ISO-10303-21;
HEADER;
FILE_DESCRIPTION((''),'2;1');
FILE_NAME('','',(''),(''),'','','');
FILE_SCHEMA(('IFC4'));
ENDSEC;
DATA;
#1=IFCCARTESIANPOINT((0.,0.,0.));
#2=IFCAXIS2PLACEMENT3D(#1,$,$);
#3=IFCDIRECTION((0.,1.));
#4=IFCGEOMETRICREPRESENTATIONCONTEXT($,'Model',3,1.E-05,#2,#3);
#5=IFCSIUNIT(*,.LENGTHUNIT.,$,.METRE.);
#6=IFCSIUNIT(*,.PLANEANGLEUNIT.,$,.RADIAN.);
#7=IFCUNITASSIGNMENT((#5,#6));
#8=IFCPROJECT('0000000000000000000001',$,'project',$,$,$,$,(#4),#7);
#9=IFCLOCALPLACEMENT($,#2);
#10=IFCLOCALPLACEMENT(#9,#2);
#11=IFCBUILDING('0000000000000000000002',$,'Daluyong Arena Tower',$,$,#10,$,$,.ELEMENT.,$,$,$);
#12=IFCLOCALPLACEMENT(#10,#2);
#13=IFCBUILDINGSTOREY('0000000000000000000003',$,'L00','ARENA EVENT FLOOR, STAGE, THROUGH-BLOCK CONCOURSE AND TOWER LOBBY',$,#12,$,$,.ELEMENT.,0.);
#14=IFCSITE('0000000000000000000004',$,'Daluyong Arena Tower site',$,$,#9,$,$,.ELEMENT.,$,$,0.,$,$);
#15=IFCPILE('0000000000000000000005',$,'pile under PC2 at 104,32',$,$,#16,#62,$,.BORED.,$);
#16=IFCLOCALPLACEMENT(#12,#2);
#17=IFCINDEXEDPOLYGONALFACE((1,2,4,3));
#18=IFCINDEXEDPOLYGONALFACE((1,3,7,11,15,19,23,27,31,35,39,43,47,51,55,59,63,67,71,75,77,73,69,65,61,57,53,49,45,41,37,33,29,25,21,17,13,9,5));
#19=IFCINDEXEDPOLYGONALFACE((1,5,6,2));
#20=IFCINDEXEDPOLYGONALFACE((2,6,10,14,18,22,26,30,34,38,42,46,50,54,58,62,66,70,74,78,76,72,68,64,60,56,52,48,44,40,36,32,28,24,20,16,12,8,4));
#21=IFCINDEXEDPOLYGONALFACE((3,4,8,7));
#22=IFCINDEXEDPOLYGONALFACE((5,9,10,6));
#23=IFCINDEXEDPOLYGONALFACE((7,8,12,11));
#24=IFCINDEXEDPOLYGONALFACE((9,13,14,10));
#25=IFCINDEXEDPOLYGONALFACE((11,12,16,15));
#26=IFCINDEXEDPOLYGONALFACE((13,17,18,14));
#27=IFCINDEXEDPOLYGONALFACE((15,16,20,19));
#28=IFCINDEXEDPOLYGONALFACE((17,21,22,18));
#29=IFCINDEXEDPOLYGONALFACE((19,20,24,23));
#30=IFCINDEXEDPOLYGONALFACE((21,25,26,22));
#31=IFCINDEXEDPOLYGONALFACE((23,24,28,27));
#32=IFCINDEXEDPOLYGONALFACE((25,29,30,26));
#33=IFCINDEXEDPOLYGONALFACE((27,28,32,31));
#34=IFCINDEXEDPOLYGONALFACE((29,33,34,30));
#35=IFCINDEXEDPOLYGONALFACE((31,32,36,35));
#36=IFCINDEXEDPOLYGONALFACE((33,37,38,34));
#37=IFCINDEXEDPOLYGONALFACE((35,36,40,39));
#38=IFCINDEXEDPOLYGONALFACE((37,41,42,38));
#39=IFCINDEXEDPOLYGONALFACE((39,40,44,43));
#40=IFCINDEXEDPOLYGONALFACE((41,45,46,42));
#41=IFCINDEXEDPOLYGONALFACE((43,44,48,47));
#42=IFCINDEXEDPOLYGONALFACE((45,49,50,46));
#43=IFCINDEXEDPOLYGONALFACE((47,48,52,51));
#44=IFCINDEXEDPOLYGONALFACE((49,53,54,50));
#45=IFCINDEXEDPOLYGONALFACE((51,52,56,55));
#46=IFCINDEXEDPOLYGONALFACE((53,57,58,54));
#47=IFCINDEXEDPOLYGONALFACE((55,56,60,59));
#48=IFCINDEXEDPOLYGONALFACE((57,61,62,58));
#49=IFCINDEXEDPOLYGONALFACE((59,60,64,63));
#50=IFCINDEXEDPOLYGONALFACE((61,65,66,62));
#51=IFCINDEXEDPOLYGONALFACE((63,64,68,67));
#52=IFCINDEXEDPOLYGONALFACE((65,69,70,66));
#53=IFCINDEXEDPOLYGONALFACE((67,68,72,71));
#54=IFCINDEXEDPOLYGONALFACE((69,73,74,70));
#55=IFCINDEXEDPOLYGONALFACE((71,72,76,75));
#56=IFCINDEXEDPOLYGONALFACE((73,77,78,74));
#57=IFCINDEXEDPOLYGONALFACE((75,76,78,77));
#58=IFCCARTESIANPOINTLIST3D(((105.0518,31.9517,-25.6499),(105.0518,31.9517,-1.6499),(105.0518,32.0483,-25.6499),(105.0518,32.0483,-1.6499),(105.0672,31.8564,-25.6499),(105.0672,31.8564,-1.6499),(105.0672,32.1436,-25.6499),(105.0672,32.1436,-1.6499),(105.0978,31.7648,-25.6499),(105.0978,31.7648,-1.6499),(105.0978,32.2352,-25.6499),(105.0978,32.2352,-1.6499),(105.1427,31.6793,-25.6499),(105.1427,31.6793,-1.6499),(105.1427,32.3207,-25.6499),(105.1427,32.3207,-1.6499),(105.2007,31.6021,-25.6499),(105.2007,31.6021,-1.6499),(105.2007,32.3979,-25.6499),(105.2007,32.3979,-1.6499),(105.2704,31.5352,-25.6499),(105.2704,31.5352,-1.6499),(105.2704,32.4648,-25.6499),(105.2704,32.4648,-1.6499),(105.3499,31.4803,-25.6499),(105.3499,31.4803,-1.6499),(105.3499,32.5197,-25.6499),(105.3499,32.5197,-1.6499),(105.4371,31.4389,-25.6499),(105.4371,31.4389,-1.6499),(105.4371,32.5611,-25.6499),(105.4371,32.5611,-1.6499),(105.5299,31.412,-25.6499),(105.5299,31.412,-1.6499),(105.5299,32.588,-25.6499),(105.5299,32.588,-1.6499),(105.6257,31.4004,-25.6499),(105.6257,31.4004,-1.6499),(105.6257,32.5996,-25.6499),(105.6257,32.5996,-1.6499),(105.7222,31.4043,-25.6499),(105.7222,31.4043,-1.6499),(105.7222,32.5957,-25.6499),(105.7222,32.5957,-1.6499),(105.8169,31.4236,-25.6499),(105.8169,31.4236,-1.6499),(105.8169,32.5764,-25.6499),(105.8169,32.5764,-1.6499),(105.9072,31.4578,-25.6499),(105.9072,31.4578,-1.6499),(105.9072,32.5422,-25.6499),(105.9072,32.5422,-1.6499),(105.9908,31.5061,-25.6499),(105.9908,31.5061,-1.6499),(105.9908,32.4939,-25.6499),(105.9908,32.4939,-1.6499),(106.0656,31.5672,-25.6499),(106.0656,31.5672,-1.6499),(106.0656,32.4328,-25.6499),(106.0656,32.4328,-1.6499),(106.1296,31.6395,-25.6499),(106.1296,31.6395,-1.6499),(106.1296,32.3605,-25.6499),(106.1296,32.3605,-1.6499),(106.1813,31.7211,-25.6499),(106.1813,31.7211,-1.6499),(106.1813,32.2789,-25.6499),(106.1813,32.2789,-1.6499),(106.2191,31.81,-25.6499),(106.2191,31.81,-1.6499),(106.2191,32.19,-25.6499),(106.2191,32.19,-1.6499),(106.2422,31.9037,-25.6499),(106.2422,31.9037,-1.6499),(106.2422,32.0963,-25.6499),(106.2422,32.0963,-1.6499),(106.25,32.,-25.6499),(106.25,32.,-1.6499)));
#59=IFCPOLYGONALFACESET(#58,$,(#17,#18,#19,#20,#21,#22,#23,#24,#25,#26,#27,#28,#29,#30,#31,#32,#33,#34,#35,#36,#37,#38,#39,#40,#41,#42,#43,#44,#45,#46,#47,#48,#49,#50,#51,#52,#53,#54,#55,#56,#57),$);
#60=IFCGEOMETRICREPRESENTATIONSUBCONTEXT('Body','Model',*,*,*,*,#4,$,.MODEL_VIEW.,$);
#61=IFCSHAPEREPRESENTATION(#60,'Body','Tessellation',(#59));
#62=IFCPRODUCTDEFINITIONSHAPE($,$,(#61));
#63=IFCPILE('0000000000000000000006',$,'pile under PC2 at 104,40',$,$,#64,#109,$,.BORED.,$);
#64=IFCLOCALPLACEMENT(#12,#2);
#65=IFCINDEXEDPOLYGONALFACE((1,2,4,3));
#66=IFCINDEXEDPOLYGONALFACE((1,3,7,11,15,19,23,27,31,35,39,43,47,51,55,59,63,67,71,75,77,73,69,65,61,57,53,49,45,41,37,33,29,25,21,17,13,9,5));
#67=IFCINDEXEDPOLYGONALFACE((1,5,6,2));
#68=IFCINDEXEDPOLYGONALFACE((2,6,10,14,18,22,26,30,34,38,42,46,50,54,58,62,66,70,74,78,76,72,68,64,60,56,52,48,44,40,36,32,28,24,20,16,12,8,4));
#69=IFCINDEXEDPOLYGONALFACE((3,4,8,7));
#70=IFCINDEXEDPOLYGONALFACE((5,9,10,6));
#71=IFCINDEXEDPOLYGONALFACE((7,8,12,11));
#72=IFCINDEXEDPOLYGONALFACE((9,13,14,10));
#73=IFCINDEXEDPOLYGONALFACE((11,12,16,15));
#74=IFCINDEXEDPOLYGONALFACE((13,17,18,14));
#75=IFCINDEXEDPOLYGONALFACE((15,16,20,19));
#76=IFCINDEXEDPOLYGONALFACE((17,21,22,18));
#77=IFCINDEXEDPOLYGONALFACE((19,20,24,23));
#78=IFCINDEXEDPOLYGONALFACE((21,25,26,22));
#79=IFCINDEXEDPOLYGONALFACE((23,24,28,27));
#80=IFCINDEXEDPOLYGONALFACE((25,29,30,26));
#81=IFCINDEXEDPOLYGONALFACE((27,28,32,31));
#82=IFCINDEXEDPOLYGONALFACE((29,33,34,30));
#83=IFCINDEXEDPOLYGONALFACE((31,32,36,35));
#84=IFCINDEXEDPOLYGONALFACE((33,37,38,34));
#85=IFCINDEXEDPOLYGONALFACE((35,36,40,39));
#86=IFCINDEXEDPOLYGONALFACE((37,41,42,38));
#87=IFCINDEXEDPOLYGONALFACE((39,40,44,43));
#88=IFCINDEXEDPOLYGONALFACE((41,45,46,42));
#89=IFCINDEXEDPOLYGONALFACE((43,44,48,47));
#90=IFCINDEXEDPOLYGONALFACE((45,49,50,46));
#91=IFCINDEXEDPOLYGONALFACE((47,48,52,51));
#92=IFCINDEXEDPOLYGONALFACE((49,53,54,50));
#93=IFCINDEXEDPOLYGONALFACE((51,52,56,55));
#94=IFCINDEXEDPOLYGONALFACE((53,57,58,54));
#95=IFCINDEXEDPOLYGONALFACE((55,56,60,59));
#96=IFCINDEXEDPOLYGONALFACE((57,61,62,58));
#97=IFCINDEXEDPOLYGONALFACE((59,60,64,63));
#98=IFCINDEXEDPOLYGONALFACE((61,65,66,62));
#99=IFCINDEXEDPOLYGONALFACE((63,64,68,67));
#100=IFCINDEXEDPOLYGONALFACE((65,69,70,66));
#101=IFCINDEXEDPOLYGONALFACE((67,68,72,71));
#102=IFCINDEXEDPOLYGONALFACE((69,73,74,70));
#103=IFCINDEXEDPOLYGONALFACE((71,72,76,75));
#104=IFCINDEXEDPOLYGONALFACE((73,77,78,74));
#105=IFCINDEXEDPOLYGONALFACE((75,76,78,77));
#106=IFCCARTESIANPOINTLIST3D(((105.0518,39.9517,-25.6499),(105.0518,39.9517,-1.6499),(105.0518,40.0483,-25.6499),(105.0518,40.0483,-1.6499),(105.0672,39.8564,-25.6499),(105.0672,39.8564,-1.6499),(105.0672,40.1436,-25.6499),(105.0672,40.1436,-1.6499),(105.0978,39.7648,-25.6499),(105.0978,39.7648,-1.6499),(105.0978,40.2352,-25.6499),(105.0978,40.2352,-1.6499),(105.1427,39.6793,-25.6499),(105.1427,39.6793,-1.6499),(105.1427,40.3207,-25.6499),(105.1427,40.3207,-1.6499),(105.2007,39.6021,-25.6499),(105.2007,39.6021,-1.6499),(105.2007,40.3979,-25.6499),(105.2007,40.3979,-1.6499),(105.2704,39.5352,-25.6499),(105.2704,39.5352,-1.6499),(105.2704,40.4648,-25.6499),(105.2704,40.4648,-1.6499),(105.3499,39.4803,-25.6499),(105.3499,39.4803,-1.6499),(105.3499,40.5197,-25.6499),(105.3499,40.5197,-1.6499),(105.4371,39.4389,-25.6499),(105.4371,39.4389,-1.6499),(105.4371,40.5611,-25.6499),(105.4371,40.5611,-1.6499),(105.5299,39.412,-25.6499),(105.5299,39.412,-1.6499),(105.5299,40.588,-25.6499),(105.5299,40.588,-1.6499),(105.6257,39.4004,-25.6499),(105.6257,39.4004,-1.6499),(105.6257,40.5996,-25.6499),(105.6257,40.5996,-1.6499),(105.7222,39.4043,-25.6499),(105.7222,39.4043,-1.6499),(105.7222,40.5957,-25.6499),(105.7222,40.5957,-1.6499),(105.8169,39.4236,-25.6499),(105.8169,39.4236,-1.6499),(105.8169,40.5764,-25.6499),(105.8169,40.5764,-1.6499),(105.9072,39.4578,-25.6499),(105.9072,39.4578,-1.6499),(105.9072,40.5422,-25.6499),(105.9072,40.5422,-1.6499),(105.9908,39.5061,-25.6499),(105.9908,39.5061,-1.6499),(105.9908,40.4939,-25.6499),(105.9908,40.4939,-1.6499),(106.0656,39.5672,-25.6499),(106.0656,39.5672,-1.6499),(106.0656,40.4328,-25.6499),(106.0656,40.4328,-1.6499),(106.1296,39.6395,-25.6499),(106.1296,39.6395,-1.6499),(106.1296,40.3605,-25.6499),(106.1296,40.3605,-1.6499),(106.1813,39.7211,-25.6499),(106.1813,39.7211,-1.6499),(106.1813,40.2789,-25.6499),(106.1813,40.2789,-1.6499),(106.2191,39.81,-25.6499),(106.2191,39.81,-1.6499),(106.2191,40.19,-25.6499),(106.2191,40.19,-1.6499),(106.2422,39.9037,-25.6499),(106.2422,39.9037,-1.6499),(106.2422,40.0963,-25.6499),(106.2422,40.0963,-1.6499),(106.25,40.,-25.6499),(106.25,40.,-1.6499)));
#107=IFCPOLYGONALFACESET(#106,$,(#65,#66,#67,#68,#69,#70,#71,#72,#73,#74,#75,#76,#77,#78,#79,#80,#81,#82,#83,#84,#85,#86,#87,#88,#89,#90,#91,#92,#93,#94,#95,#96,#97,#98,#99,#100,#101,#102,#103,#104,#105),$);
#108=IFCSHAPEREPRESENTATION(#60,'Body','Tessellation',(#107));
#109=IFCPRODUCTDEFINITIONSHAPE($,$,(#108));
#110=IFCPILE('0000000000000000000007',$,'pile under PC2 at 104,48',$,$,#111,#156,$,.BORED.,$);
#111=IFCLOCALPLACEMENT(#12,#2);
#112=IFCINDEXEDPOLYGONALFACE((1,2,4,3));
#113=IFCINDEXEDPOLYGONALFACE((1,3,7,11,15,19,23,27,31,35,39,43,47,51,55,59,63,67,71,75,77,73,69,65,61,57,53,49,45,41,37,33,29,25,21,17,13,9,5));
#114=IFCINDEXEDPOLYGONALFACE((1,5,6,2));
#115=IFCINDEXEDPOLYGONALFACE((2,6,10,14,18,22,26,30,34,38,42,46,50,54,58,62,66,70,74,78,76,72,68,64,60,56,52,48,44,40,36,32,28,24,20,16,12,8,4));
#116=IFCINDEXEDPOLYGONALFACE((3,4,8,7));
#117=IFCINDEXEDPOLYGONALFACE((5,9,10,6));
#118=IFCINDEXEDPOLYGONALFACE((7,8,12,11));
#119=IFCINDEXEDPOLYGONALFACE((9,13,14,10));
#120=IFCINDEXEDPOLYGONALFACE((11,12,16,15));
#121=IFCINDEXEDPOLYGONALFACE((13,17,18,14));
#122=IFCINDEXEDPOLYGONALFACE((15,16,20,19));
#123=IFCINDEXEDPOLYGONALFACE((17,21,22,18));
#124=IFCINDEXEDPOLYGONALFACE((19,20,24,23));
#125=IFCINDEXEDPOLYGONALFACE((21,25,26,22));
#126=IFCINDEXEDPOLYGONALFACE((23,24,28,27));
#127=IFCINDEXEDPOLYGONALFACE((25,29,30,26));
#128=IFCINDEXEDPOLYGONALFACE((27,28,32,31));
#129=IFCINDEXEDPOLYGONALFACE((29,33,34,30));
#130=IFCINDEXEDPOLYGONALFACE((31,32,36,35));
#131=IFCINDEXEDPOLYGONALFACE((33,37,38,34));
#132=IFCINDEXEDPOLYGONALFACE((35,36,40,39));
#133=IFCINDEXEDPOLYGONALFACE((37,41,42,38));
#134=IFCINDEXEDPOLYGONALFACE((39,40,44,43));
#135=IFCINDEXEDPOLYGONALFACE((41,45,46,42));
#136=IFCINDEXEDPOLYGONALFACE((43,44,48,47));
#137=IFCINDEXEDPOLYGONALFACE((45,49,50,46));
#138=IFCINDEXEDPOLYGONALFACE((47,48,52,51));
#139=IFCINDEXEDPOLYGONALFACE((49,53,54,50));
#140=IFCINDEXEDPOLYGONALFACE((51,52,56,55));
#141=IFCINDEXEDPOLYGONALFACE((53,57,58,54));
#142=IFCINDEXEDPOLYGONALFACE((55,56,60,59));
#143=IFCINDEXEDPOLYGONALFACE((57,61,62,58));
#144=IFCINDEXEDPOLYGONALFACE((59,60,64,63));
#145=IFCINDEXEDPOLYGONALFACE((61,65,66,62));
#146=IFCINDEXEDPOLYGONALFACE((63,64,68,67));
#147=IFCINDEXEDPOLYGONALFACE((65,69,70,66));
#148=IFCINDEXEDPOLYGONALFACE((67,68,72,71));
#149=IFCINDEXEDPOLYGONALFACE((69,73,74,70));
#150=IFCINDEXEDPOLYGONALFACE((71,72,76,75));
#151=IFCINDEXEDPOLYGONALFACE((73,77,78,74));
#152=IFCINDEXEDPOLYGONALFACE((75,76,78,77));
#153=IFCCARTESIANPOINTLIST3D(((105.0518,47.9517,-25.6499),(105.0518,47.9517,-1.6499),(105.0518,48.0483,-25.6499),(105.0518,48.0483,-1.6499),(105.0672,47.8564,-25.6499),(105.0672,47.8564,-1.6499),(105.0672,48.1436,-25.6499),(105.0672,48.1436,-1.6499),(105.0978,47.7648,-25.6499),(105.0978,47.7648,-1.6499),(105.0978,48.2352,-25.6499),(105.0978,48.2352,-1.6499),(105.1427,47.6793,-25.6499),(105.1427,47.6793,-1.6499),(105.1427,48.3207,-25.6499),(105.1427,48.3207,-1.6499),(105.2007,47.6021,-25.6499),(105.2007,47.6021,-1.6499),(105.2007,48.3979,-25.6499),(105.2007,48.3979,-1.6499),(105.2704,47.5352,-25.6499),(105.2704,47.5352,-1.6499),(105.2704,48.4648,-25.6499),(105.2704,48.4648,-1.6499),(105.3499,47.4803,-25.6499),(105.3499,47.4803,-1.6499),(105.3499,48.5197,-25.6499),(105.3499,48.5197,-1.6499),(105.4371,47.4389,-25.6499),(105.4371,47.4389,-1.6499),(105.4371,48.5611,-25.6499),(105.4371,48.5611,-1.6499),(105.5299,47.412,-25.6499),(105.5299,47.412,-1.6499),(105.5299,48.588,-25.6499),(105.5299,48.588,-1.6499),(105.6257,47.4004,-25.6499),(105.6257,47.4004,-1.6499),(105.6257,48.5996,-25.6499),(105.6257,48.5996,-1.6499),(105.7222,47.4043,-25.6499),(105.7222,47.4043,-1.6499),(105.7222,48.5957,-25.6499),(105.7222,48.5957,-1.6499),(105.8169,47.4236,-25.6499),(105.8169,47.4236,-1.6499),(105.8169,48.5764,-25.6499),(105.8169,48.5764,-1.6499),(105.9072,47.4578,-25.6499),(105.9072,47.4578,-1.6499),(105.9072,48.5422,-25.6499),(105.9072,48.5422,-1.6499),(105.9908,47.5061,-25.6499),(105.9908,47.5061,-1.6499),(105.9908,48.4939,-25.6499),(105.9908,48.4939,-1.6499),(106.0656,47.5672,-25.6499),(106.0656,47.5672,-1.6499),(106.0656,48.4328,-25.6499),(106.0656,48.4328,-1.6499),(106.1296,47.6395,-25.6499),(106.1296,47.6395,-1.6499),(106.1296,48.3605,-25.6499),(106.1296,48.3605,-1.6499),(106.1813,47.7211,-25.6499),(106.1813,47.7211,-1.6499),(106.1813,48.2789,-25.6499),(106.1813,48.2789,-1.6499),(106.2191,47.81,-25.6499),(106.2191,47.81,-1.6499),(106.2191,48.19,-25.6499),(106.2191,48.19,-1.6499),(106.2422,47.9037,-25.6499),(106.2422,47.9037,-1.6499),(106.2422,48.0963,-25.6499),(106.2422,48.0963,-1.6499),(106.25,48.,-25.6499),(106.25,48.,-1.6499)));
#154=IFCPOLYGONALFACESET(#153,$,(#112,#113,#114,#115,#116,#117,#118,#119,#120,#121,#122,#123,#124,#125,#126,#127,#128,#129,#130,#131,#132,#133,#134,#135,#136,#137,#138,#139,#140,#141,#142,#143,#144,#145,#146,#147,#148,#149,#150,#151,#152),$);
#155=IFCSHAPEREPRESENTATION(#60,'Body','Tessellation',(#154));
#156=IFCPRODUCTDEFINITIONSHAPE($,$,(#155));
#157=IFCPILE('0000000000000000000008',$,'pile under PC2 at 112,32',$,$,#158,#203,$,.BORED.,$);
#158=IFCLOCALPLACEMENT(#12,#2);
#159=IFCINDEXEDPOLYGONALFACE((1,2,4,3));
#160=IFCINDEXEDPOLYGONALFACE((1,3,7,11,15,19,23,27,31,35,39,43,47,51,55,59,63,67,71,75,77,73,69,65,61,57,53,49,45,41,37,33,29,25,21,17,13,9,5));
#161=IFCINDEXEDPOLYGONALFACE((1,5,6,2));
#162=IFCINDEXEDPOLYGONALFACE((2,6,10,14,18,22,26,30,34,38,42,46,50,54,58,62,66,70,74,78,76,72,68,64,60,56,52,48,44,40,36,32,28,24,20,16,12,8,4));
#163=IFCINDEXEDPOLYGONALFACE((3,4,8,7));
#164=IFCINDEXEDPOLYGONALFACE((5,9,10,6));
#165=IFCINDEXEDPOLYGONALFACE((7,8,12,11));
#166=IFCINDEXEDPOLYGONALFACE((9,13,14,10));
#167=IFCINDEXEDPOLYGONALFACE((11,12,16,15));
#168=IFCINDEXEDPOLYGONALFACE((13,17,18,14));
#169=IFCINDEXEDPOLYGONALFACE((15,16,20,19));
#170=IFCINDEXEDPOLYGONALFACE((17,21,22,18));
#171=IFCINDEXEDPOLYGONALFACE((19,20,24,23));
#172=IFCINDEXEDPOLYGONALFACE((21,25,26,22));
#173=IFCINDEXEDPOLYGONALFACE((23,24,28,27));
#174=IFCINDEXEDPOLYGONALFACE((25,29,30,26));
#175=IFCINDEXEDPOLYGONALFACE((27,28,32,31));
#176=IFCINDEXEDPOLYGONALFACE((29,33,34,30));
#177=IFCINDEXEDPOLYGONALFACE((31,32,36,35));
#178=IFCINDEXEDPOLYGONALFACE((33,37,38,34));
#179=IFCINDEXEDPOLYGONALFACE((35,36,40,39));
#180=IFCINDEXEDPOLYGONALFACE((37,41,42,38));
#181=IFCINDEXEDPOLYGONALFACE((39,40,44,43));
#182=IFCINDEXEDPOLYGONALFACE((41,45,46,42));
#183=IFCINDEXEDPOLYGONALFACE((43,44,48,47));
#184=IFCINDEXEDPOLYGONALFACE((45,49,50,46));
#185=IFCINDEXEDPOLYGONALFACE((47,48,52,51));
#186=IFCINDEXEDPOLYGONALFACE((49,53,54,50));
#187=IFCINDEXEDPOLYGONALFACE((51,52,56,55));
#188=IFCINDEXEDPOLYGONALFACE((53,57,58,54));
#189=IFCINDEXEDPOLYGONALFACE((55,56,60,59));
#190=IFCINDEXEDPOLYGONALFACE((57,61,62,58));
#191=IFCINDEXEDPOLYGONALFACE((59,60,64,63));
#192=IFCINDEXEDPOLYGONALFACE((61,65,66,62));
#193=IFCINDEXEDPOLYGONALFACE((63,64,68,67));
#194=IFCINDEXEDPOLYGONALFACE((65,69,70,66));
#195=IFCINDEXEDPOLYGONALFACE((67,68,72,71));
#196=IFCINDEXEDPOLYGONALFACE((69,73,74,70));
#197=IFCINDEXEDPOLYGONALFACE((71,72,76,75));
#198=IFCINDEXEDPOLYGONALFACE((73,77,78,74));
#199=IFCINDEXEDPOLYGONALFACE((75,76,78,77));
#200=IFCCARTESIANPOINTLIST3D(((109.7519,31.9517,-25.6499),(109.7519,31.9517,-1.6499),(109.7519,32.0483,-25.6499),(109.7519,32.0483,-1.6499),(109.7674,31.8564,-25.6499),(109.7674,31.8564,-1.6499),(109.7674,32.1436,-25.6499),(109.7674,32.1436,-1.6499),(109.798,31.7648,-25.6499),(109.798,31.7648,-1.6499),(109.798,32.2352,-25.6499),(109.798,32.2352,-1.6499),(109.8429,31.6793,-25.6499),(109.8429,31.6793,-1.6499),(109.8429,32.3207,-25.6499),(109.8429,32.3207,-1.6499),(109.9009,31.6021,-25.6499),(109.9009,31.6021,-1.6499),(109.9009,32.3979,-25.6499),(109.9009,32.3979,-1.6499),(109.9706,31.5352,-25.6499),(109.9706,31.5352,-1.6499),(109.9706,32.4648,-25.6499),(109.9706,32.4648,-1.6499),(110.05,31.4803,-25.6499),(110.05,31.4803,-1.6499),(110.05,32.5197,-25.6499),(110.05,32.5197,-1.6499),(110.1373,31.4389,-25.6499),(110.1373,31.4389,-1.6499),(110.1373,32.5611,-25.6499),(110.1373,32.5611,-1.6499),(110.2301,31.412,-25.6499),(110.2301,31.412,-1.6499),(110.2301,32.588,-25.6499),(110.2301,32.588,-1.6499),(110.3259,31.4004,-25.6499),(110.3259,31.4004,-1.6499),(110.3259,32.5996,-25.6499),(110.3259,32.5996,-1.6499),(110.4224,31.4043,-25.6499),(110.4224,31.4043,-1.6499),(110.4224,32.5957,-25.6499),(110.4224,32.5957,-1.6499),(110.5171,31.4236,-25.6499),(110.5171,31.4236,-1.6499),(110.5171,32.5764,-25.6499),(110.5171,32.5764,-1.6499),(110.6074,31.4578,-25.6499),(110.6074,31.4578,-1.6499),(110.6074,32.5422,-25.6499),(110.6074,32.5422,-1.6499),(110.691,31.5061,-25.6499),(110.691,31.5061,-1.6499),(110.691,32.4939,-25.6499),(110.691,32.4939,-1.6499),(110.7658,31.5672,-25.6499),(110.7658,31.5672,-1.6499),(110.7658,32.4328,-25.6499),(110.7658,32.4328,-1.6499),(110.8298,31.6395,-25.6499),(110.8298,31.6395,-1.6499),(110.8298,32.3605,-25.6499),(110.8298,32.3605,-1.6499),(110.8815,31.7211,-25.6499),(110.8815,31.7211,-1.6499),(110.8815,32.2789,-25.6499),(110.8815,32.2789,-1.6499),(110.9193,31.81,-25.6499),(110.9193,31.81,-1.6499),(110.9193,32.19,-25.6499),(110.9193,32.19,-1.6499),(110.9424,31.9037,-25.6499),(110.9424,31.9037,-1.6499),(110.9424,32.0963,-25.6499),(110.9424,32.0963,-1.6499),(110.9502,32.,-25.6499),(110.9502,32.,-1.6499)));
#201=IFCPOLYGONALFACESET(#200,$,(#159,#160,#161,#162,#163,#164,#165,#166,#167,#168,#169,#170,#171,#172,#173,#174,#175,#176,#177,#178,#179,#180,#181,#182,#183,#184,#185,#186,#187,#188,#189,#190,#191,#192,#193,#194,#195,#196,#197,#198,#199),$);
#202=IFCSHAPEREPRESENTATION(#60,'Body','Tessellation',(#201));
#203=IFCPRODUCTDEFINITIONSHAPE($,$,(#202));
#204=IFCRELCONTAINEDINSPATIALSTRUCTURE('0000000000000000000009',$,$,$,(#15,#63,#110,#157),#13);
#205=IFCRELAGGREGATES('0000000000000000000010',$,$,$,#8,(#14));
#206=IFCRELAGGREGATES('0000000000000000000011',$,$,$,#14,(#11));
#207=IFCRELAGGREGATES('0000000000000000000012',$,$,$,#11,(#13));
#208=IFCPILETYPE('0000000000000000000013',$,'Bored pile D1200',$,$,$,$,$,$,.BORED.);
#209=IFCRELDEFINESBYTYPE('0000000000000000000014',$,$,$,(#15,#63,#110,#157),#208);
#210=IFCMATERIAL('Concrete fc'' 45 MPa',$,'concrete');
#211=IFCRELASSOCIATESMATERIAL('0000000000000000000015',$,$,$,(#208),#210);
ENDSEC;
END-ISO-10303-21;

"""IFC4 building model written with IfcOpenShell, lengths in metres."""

from ifc_helpers import new_model, si_unit, direction, frame, origin, origin_2d, place, context, subcontext, project, spatial, circle, extrude, material, type_object, element, save


model = new_model("IFC4")

# Units and contexts
model_context = context("Model", 3, precision=1e-05, world=origin(), true_north=direction((0.0, 1.0)))
body_context = subcontext(model_context, "Body", "Model", "MODEL_VIEW")
ifc_project = project(units=[si_unit("LENGTHUNIT", "METRE"), si_unit("PLANEANGLEUNIT", "RADIAN")], contexts=[model_context])

# Site, building, storey
site_placement = place(None, origin())
site = spatial("IfcSite", under=ifc_project, at=site_placement, Name="Daluyong Arena Tower site", CompositionType="ELEMENT", RefElevation=0.0)
building_placement = place(site_placement, origin())
building = spatial("IfcBuilding", under=site, at=building_placement, Name="Daluyong Arena Tower", CompositionType="ELEMENT")
storey_placement = place(building_placement, origin())
storey = spatial("IfcBuildingStorey", under=building, at=storey_placement, Name="L00", Description="ARENA EVENT FLOOR, STAGE, THROUGH-BLOCK CONCOURSE AND TOWER LOBBY", CompositionType="ELEMENT", Elevation=0.0)

# Piles
ifc_material_1 = material(Name="Concrete fc' 45 MPa", Category="concrete")
pile_type = type_object("IfcPileType", Name="Bored pile D1200", PredefinedType="BORED", material=ifc_material_1)
for number, where, z_axis, x_axis, name in (
    (1, (105.6499, 32.0, -1.6499), (0.0, 0.0, -1.0), (1.0, 0.0, 0.0), "pile under PC2 at 104,32"),
    (2, (105.6499, 40.0, -1.6499), (0.0, 0.0, -1.0), (1.0, 0.0, 0.0), "pile under PC2 at 104,40"),
    (3, (105.6499, 48.0, -1.6499), (0.0, 0.0, -1.0), (1.0, 0.0, 0.0), "pile under PC2 at 104,48"),
    (4, (110.3501, 32.0, -1.6499), (0.0, 0.0, -1.0), (1.0, 0.0, 0.0), "pile under PC2 at 112,32"),
):
    element("IfcPile", number, at=place(storey_placement, frame(where, z_axis=z_axis, x_axis=x_axis)), inside=storey, type_object=pile_type, Name=name, PredefinedType="BORED", context=body_context, shape_type="SweptSolid", body=[
        extrude(circle(Radius=0.6001, at=origin_2d()), origin(), (0.0, 0.0, 1.0), 24.0),
    ])

save(model, "model.ifc")
